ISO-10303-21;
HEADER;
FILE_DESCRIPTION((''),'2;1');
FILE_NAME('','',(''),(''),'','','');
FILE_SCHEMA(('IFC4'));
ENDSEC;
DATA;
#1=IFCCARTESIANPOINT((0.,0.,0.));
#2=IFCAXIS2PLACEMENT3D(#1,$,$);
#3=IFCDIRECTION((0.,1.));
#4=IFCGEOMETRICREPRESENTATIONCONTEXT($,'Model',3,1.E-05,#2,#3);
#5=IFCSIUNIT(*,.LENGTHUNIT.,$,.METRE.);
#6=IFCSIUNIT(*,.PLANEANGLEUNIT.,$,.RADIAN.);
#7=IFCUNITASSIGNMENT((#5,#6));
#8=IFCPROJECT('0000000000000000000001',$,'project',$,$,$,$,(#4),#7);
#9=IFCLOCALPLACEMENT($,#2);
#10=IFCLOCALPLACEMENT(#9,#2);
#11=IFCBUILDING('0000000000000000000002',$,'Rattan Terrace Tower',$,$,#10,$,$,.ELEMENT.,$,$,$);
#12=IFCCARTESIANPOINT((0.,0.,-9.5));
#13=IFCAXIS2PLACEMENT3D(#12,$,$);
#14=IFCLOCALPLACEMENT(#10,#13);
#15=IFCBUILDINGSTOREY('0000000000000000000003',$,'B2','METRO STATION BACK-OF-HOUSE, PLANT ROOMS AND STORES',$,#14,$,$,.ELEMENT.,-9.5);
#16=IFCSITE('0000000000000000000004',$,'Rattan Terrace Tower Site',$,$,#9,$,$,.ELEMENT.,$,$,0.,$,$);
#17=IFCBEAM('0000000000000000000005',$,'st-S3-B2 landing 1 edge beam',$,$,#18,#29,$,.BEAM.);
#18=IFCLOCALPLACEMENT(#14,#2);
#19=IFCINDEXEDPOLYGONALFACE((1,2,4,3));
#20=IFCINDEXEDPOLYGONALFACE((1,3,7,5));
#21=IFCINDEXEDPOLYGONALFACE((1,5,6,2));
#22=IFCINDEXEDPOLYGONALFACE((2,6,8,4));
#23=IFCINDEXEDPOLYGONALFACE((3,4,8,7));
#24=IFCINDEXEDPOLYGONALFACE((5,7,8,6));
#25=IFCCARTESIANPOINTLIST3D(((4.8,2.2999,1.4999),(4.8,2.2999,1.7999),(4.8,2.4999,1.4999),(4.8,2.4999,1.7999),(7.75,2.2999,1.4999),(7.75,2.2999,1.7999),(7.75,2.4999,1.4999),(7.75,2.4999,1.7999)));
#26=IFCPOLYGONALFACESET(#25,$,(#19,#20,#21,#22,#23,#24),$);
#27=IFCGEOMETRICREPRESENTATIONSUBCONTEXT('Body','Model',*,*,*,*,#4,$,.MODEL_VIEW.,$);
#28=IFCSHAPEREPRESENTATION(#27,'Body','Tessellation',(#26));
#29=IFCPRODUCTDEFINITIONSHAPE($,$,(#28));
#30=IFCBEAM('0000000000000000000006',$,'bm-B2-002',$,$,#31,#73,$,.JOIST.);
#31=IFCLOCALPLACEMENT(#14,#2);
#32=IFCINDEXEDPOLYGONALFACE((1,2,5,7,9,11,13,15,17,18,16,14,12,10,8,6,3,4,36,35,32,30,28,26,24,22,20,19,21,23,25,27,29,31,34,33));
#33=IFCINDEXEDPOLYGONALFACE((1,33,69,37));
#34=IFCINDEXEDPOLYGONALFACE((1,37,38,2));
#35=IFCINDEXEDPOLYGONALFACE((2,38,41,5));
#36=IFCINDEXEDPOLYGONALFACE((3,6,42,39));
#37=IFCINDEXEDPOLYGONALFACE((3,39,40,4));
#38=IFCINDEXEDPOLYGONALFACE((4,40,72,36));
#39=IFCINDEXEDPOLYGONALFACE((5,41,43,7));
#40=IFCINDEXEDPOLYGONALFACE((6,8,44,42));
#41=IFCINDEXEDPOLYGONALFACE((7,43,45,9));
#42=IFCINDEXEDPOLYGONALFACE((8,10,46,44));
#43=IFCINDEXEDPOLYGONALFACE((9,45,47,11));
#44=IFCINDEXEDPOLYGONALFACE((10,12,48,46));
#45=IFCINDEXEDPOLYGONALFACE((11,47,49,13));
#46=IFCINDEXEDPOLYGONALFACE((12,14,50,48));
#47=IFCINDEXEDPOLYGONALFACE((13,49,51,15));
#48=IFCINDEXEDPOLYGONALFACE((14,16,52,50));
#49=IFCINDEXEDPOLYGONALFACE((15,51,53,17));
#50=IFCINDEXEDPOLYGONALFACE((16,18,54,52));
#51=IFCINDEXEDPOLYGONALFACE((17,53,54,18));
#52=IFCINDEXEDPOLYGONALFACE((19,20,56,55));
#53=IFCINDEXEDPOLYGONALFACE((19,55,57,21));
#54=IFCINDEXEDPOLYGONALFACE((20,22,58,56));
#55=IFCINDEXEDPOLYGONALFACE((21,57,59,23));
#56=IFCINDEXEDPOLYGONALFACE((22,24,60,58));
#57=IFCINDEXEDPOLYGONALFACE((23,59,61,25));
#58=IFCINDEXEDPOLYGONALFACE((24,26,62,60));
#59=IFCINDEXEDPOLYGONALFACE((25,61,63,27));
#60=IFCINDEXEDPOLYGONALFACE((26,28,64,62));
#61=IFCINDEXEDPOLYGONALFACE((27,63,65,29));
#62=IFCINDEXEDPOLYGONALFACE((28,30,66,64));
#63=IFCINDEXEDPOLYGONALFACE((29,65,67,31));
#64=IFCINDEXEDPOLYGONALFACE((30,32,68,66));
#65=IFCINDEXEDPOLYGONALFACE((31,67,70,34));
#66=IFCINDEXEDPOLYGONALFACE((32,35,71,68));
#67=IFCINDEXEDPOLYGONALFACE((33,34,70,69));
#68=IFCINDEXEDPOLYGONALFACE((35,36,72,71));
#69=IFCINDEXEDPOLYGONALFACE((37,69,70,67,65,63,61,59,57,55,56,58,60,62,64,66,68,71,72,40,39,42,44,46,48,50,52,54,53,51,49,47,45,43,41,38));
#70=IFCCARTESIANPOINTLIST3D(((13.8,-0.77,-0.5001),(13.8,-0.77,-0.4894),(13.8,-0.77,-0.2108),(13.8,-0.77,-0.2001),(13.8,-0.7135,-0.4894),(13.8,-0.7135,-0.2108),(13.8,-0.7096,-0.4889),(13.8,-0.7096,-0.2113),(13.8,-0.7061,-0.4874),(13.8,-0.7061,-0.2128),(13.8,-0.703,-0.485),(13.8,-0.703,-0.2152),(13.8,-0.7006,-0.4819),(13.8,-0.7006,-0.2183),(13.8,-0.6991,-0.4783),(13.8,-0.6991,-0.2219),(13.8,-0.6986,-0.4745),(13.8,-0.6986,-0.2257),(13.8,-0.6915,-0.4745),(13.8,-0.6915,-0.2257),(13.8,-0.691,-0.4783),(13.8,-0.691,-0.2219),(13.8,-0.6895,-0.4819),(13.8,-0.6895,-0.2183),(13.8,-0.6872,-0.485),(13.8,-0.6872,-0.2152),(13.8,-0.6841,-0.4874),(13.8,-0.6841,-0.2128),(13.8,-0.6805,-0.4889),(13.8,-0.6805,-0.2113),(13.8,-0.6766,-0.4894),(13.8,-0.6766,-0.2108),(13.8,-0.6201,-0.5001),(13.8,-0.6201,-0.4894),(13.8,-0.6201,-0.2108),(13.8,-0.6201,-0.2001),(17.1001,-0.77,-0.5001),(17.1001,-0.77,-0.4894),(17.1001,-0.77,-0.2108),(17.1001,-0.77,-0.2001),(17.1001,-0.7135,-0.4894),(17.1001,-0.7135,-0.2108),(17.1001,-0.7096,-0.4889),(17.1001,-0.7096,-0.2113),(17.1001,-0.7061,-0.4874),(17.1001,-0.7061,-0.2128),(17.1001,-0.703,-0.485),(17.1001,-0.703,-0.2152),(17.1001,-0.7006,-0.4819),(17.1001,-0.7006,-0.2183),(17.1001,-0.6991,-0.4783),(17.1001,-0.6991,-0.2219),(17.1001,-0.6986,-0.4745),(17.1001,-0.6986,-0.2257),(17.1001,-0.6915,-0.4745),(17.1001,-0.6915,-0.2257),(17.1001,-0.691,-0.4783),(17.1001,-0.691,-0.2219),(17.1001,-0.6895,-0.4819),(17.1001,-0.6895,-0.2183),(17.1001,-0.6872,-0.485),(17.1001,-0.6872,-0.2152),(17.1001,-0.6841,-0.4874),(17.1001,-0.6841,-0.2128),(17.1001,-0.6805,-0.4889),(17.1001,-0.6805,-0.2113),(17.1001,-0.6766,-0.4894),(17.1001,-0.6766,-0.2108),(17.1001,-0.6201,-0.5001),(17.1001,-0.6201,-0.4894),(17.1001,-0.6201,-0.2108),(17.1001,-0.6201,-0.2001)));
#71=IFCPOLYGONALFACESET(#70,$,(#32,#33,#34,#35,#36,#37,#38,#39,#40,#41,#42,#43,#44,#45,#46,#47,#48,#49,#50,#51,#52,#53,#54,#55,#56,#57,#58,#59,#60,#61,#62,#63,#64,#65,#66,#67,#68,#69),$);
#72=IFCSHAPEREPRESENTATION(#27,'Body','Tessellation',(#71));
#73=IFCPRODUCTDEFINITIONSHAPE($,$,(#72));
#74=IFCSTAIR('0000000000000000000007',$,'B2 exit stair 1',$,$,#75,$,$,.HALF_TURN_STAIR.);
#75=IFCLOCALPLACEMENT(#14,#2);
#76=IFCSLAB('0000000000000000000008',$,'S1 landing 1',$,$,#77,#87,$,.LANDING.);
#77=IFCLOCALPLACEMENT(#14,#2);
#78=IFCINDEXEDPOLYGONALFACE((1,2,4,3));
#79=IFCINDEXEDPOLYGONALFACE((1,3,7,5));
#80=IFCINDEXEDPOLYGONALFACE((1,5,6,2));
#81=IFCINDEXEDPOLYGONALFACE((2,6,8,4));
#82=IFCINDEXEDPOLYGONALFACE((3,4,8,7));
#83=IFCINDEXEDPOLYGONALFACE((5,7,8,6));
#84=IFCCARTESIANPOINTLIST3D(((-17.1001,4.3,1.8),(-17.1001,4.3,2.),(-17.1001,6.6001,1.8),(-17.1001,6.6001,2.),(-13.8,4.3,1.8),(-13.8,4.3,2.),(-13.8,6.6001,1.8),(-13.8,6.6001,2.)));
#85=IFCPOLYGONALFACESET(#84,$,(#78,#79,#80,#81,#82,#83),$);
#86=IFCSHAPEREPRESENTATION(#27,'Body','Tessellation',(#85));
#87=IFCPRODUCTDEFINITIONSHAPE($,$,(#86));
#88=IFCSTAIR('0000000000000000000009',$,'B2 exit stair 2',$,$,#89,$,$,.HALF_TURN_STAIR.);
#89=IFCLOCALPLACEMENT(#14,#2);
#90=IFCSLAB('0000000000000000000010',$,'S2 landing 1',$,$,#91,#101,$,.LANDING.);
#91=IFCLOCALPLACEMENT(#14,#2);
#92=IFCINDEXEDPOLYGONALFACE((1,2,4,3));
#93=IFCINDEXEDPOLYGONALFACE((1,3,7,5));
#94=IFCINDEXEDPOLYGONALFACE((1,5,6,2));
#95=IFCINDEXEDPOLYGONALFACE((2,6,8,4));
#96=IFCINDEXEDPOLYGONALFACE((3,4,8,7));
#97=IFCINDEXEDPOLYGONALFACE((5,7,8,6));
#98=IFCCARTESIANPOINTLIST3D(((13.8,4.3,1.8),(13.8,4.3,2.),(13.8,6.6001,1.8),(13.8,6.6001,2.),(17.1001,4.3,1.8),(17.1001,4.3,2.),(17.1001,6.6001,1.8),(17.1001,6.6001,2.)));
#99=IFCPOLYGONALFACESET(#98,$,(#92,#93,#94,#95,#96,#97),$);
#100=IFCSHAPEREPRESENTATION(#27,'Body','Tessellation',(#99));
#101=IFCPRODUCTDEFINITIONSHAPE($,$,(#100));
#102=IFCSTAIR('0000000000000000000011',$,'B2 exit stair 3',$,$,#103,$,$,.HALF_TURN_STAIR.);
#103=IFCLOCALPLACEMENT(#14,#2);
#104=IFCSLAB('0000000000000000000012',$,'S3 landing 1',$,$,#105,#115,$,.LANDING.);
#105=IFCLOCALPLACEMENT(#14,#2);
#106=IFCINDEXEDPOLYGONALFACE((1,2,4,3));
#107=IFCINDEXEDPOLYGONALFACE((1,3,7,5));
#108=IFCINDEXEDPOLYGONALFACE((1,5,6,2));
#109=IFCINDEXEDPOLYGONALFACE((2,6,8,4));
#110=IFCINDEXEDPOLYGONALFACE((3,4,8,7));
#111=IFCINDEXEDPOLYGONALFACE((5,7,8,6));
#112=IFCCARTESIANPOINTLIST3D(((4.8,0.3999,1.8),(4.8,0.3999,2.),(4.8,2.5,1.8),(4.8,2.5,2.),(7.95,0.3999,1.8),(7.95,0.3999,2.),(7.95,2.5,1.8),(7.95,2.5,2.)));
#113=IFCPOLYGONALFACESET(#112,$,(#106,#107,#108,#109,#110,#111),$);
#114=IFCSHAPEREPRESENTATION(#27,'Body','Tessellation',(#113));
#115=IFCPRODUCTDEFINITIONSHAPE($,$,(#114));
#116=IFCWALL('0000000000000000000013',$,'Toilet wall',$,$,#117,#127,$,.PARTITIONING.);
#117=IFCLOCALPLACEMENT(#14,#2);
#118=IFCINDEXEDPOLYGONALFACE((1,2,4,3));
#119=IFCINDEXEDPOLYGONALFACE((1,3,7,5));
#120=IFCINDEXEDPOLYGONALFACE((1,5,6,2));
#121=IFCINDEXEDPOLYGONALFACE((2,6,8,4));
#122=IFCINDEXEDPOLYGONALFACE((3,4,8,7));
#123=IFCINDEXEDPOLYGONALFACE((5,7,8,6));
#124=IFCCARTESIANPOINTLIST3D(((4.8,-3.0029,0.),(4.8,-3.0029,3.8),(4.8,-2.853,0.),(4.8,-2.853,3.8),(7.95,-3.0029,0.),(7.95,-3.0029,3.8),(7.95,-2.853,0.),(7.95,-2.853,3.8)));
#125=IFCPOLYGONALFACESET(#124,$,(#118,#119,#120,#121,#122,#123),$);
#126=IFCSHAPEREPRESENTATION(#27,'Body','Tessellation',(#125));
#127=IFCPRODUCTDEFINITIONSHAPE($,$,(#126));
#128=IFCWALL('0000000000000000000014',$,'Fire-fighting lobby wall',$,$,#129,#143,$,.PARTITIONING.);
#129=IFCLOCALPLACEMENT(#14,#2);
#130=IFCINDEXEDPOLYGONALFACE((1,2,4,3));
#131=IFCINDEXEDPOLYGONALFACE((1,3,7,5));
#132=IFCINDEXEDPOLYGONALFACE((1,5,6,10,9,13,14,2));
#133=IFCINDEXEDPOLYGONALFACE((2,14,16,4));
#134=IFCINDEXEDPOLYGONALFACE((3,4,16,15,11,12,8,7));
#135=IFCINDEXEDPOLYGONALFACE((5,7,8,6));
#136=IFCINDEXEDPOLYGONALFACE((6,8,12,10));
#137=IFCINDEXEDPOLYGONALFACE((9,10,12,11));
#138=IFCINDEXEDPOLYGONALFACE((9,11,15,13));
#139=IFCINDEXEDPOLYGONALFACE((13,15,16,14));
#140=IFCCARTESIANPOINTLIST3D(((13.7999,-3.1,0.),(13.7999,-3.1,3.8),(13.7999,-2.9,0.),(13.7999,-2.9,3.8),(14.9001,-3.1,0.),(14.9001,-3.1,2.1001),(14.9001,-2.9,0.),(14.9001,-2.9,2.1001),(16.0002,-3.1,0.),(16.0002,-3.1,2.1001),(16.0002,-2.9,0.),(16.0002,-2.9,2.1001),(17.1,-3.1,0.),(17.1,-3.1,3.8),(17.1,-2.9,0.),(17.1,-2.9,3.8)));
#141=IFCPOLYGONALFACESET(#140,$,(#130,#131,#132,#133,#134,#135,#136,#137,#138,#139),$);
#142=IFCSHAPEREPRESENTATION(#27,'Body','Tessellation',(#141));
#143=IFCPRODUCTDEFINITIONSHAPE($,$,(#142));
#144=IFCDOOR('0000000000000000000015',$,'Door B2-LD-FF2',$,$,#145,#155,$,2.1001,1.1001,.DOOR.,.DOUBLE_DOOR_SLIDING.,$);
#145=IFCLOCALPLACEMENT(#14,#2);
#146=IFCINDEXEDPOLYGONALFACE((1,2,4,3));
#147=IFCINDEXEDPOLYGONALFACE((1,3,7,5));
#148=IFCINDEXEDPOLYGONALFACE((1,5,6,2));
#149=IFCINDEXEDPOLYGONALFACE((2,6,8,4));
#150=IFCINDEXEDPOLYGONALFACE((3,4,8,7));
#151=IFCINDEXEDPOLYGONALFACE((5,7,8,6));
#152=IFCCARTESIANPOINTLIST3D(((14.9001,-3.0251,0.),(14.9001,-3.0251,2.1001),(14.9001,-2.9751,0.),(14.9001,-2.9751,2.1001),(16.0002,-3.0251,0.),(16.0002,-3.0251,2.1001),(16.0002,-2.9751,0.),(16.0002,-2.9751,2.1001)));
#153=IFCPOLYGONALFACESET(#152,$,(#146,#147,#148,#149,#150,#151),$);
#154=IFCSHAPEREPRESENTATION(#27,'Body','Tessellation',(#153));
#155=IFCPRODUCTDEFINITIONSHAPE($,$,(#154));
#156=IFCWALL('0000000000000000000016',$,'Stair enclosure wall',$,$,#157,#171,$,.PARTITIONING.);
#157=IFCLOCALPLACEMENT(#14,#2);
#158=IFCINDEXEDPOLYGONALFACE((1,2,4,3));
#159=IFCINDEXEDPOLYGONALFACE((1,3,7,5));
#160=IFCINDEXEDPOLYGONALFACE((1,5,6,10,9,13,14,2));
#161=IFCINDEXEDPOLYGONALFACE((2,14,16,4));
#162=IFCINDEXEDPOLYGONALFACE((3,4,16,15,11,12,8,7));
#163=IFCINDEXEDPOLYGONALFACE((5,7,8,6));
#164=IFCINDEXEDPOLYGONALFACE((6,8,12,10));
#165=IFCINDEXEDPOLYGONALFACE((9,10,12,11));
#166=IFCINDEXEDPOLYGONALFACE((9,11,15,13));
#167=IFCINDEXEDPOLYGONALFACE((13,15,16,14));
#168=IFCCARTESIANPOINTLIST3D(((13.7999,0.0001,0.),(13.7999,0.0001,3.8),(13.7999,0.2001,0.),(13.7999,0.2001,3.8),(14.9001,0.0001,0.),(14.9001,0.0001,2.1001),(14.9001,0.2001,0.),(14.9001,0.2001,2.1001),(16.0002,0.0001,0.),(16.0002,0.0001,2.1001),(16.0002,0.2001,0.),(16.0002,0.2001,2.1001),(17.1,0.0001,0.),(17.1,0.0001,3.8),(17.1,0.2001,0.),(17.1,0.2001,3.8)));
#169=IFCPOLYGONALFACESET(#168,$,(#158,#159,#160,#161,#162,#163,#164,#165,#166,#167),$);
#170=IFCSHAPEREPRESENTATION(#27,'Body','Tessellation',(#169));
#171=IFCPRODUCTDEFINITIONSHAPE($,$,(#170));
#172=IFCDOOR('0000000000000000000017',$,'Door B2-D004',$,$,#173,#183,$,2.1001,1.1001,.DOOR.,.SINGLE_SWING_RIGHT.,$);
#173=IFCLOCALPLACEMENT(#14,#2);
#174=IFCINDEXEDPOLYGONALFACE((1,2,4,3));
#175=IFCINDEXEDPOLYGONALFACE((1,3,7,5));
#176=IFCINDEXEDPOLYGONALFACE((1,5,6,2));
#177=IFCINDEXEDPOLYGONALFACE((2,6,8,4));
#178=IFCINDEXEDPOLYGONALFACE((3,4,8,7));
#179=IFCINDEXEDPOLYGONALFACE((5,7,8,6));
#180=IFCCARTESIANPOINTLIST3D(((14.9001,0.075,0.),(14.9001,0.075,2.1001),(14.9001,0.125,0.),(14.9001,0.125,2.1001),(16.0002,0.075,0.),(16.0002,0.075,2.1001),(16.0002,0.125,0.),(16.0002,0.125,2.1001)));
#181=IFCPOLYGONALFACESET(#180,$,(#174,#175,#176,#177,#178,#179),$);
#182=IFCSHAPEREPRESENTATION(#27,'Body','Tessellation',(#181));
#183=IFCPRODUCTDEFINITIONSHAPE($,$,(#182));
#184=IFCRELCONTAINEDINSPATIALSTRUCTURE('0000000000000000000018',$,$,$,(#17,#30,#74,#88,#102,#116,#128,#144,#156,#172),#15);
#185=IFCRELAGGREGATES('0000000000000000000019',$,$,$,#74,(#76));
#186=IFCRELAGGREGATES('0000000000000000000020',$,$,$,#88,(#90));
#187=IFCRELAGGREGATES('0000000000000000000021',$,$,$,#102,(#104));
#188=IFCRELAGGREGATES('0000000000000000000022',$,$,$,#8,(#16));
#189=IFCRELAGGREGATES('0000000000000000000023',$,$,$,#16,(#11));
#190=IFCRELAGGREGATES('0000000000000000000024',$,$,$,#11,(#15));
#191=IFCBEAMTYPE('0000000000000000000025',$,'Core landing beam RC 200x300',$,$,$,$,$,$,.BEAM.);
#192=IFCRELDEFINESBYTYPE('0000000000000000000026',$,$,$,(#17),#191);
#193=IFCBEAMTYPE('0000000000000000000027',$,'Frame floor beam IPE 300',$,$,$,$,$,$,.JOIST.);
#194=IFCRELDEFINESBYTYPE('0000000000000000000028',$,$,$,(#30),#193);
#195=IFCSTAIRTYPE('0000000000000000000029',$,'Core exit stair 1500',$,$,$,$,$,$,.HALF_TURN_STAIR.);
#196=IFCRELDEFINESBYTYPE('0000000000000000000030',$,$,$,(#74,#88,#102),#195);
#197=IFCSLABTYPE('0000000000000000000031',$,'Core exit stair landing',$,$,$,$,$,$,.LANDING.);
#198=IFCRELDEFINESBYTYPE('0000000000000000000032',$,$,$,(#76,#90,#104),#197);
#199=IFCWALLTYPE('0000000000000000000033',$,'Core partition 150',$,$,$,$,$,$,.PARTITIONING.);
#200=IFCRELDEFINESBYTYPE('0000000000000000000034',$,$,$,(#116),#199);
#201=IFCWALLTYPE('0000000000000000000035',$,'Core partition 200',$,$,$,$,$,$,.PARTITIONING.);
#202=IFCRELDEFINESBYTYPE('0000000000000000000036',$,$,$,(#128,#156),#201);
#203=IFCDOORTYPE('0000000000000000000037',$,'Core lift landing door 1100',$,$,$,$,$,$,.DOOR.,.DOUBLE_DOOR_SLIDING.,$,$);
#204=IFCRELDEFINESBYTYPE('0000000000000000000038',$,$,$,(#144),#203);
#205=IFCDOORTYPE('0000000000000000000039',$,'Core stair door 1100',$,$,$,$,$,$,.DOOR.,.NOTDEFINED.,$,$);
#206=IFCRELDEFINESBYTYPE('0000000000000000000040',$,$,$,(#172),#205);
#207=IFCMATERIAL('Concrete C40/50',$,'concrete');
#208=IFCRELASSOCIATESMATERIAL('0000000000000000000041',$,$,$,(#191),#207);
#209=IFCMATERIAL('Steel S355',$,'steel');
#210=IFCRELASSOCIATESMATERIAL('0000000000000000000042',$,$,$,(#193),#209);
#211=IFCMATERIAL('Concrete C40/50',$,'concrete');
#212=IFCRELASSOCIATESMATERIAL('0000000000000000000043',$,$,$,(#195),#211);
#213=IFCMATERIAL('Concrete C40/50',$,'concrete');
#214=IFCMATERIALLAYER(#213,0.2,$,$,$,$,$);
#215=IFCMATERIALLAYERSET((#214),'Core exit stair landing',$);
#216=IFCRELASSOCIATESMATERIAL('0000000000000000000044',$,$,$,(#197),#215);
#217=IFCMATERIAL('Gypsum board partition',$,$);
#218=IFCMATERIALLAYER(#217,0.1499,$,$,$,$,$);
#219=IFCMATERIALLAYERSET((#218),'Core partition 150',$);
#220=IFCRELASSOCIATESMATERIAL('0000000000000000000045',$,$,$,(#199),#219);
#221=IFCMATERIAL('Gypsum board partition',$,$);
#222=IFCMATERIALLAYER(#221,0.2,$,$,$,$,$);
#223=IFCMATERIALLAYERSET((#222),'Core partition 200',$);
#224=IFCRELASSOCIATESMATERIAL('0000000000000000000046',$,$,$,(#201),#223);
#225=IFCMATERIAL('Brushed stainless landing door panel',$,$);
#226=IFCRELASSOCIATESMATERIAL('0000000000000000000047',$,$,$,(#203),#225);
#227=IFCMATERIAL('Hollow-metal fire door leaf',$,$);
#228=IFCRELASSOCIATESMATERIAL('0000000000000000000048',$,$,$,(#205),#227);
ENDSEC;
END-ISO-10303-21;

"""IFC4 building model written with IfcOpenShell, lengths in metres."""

from ifc_helpers import new_model, si_unit, direction, frame, frame_2d, origin, origin_2d, place, context, subcontext, project, spatial, polyline, rectangle, i_section, outline, extrude, material, layer, layer_set, material_profile, profile_set, type_object, element, fill, aggregate, save


model = new_model("IFC4")

# Units and contexts
model_context = context("Model", 3, precision=1e-05, world=origin(), true_north=direction((0.0, 1.0)))
body_context = subcontext(model_context, "Body", "Model", "MODEL_VIEW")
ifc_project = project(units=[si_unit("LENGTHUNIT", "METRE"), si_unit("PLANEANGLEUNIT", "RADIAN")], contexts=[model_context])

# Site, building, storey
site_placement = place(None, origin())
site = spatial("IfcSite", under=ifc_project, at=site_placement, Name="Rattan Terrace Tower Site", CompositionType="ELEMENT", RefElevation=0.0)
building_placement = place(site_placement, origin())
building = spatial("IfcBuilding", under=site, at=building_placement, Name="Rattan Terrace Tower", CompositionType="ELEMENT")
storey_placement = place(building_placement, frame((0.0, 0.0, -9.5)))
storey = spatial("IfcBuildingStorey", under=building, at=storey_placement, Name="B2", Description="METRO STATION BACK-OF-HOUSE, PLANT ROOMS AND STORES", CompositionType="ELEMENT", Elevation=-9.5)

# Beams
ifc_material_1 = material(Name="Concrete C40/50", Category="concrete")
ifc_material_profile_1 = material_profile(ifc_material_1, rectangle(XDim=0.2, YDim=0.3, at=origin_2d()), Name="RC 200x300")
ifc_profile_set_1 = profile_set([ifc_material_profile_1], Name="Concrete C40/50")
beam_type_1 = type_object("IfcBeamType", Name="Core landing beam RC 200x300", PredefinedType="BEAM", material=ifc_profile_set_1)
beam_1_placement = place(storey_placement, frame((4.8, 2.3999, 1.6499), z_axis=(1.0, 0.0, 0.0), x_axis=(0.0, 1.0, 0.0)))
element("IfcBeam", 1, at=beam_1_placement, inside=storey, type_object=beam_type_1, Name="st-S3-B2 landing 1 edge beam", PredefinedType="BEAM", context=body_context, shape_type="SweptSolid", body=[
    extrude(rectangle(XDim=0.2, YDim=0.3, at=origin_2d()), origin(), (0.0, 0.0, 1.0), 2.95),
])
ifc_material_2 = material(Name="Steel S355", Category="steel")
ifc_material_profile_2 = material_profile(ifc_material_2, i_section(OverallWidth=0.1499, OverallDepth=0.3, WebThickness=0.0071, FlangeThickness=0.0107, FilletRadius=0.0149, at=origin_2d()), Name="IPE 300")
ifc_profile_set_2 = profile_set([ifc_material_profile_2], Name="Steel S355")
beam_type_2 = type_object("IfcBeamType", Name="Frame floor beam IPE 300", PredefinedType="JOIST", material=ifc_profile_set_2)
beam_2_placement = place(storey_placement, frame((13.8, -0.6951, -0.3501), z_axis=(1.0, 0.0, 0.0), x_axis=(0.0, 1.0, 0.0)))
element("IfcBeam", 2, at=beam_2_placement, inside=storey, type_object=beam_type_2, Name="bm-B2-002", PredefinedType="JOIST", context=body_context, shape_type="SweptSolid", body=[
    extrude(i_section(OverallWidth=0.1499, OverallDepth=0.3, WebThickness=0.0071, FlangeThickness=0.0107, FilletRadius=0.0149, at=origin_2d()), origin(), (0.0, 0.0, 1.0), 3.3),
])

# Stairs, slabs
ifc_material_3 = material(Name="Concrete C40/50", Category="concrete")
stair_type = type_object("IfcStairType", Name="Core exit stair 1500", PredefinedType="HALF_TURN_STAIR", material=ifc_material_3)
stair_1_placement = place(storey_placement, origin())
stair_1 = element("IfcStair", 3, at=stair_1_placement, inside=storey, type_object=stair_type, Name="B2 exit stair 1", PredefinedType="HALF_TURN_STAIR")
ifc_material_4 = material(Name="Concrete C40/50", Category="concrete")
ifc_layer_1 = layer(ifc_material_4, 0.2)
ifc_layer_set_1 = layer_set([ifc_layer_1], Name="Core exit stair landing")
slab_type = type_object("IfcSlabType", Name="Core exit stair landing", PredefinedType="LANDING", material=ifc_layer_set_1)
slab_1_placement = place(storey_placement, frame((0.0, 0.0, 1.8)))
slab_1 = element("IfcSlab", 4, at=slab_1_placement, type_object=slab_type, Name="S1 landing 1", PredefinedType="LANDING", context=body_context, shape_type="SweptSolid", body=[
    extrude(outline(polyline([(-13.8, 4.3), (-13.8, 6.6001), (-17.1001, 6.6001), (-17.1001, 4.3), (-13.8, 4.3)])), origin(), (0.0, 0.0, 1.0), 0.2),
])
aggregate(stair_1, [slab_1])
stair_2_placement = place(storey_placement, origin())
stair_2 = element("IfcStair", 5, at=stair_2_placement, inside=storey, type_object=stair_type, Name="B2 exit stair 2", PredefinedType="HALF_TURN_STAIR")
slab_2_placement = place(storey_placement, frame((0.0, 0.0, 1.8)))
slab_2 = element("IfcSlab", 6, at=slab_2_placement, type_object=slab_type, Name="S2 landing 1", PredefinedType="LANDING", context=body_context, shape_type="SweptSolid", body=[
    extrude(outline(polyline([(17.1001, 4.3), (17.1001, 6.6001), (13.8, 6.6001), (13.8, 4.3), (17.1001, 4.3)])), origin(), (0.0, 0.0, 1.0), 0.2),
])
aggregate(stair_2, [slab_2])
stair_3_placement = place(storey_placement, origin())
stair_3 = element("IfcStair", 7, at=stair_3_placement, inside=storey, type_object=stair_type, Name="B2 exit stair 3", PredefinedType="HALF_TURN_STAIR")
slab_3_placement = place(storey_placement, frame((0.0, 0.0, 1.8)))
slab_3 = element("IfcSlab", 8, at=slab_3_placement, type_object=slab_type, Name="S3 landing 1", PredefinedType="LANDING", context=body_context, shape_type="SweptSolid", body=[
    extrude(outline(polyline([(4.8, 2.5), (4.8, 0.3999), (7.95, 0.3999), (7.95, 2.5), (4.8, 2.5)])), origin(), (0.0, 0.0, 1.0), 0.2),
])
aggregate(stair_3, [slab_3])

# Wall
ifc_material_5 = material(Name="Gypsum board partition")
ifc_layer_2 = layer(ifc_material_5, 0.1499)
ifc_layer_set_2 = layer_set([ifc_layer_2], Name="Core partition 150")
wall_type_1 = type_object("IfcWallType", Name="Core partition 150", PredefinedType="PARTITIONING", material=ifc_layer_set_2)
wall_1_placement = place(storey_placement, frame((4.8, -2.928, 0.0), z_axis=(0.0, 0.0, 1.0), x_axis=(1.0, 0.0, 0.0)))
element("IfcWall", 9, at=wall_1_placement, inside=storey, type_object=wall_type_1, Name="Toilet wall", PredefinedType="PARTITIONING", context=body_context, shape_type="SweptSolid", body=[
    extrude(rectangle(XDim=3.1499, YDim=0.1499, at=frame_2d((1.575, 0.0))), origin(), (0.0, 0.0, 1.0), 3.8),
])

# Walls, openings, doors
ifc_material_6 = material(Name="Gypsum board partition")
ifc_layer_3 = layer(ifc_material_6, 0.2)
ifc_layer_set_3 = layer_set([ifc_layer_3], Name="Core partition 200")
wall_type_2 = type_object("IfcWallType", Name="Core partition 200", PredefinedType="PARTITIONING", material=ifc_layer_set_3)
wall_2_placement = place(storey_placement, frame((13.8, -3.0, 0.0), z_axis=(0.0, 0.0, 1.0), x_axis=(1.0, 0.0, 0.0)))
wall_2 = element("IfcWall", 10, at=wall_2_placement, inside=storey, type_object=wall_type_2, Name="Fire-fighting lobby wall", PredefinedType="PARTITIONING", context=body_context, shape_type="SweptSolid", body=[
    extrude(rectangle(XDim=3.3, YDim=0.2, at=frame_2d((1.6499, 0.0))), origin(), (0.0, 0.0, 1.0), 3.8),
])
opening_1_placement = place(wall_2_placement, frame((1.1001, 0.0, 0.0)))
opening_1 = element("IfcOpeningElement", 11, at=opening_1_placement, cuts=wall_2, PredefinedType="OPENING", context=body_context, shape_type="SweptSolid", body=[
    extrude(rectangle(XDim=1.1001, YDim=2.1001, at=frame_2d((0.55, 1.05))), frame((0.0, 0.1106, 0.0), z_axis=(0.0, -1.0, 0.0), x_axis=(1.0, 0.0, 0.0)), (0.0, 0.0, 1.0), 0.2209),
])
ifc_material_7 = material(Name="Brushed stainless landing door panel")
door_type_1 = type_object("IfcDoorType", Name="Core lift landing door 1100", OperationType="DOUBLE_DOOR_SLIDING", PredefinedType="DOOR", material=ifc_material_7)
door_1_placement = place(opening_1_placement, origin())
door_1 = element("IfcDoor", 12, at=door_1_placement, inside=storey, type_object=door_type_1, Name="Door B2-LD-FF2", OperationType="DOUBLE_DOOR_SLIDING", OverallHeight=2.1001, OverallWidth=1.1001, PredefinedType="DOOR", context=body_context, shape_type="SweptSolid", body=[
    extrude(rectangle(XDim=1.1001, YDim=2.1001, at=frame_2d((0.55, 1.05))), frame((0.0, 0.0249, 0.0), z_axis=(0.0, -1.0, 0.0), x_axis=(1.0, 0.0, 0.0)), (0.0, 0.0, 1.0), 0.05),
])
fill(opening_1, door_1)
wall_3_placement = place(storey_placement, frame((13.8, 0.1001, 0.0), z_axis=(0.0, 0.0, 1.0), x_axis=(1.0, 0.0, 0.0)))
wall_3 = element("IfcWall", 13, at=wall_3_placement, inside=storey, type_object=wall_type_2, Name="Stair enclosure wall", PredefinedType="PARTITIONING", context=body_context, shape_type="SweptSolid", body=[
    extrude(rectangle(XDim=3.3, YDim=0.2, at=frame_2d((1.6499, 0.0))), origin(), (0.0, 0.0, 1.0), 3.8),
])
opening_2_placement = place(wall_3_placement, frame((1.1001, 0.0, 0.0)))
opening_2 = element("IfcOpeningElement", 14, at=opening_2_placement, cuts=wall_3, PredefinedType="OPENING", context=body_context, shape_type="SweptSolid", body=[
    extrude(rectangle(XDim=1.1001, YDim=2.1001, at=frame_2d((0.55, 1.05))), frame((0.0, 0.1106, 0.0), z_axis=(0.0, -1.0, 0.0), x_axis=(1.0, 0.0, 0.0)), (0.0, 0.0, 1.0), 0.2209),
])
ifc_material_8 = material(Name="Hollow-metal fire door leaf")
door_type_2 = type_object("IfcDoorType", Name="Core stair door 1100", OperationType="NOTDEFINED", PredefinedType="DOOR", material=ifc_material_8)
door_2_placement = place(opening_2_placement, origin())
door_2 = element("IfcDoor", 15, at=door_2_placement, inside=storey, type_object=door_type_2, Name="Door B2-D004", OperationType="SINGLE_SWING_RIGHT", OverallHeight=2.1001, OverallWidth=1.1001, PredefinedType="DOOR", context=body_context, shape_type="SweptSolid", body=[
    extrude(rectangle(XDim=1.1001, YDim=2.1001, at=frame_2d((0.55, 1.05))), frame((0.0, 0.0249, 0.0), z_axis=(0.0, -1.0, 0.0), x_axis=(1.0, 0.0, 0.0)), (0.0, 0.0, 1.0), 0.05),
])
fill(opening_2, door_2)

save(model, "model.ifc")
